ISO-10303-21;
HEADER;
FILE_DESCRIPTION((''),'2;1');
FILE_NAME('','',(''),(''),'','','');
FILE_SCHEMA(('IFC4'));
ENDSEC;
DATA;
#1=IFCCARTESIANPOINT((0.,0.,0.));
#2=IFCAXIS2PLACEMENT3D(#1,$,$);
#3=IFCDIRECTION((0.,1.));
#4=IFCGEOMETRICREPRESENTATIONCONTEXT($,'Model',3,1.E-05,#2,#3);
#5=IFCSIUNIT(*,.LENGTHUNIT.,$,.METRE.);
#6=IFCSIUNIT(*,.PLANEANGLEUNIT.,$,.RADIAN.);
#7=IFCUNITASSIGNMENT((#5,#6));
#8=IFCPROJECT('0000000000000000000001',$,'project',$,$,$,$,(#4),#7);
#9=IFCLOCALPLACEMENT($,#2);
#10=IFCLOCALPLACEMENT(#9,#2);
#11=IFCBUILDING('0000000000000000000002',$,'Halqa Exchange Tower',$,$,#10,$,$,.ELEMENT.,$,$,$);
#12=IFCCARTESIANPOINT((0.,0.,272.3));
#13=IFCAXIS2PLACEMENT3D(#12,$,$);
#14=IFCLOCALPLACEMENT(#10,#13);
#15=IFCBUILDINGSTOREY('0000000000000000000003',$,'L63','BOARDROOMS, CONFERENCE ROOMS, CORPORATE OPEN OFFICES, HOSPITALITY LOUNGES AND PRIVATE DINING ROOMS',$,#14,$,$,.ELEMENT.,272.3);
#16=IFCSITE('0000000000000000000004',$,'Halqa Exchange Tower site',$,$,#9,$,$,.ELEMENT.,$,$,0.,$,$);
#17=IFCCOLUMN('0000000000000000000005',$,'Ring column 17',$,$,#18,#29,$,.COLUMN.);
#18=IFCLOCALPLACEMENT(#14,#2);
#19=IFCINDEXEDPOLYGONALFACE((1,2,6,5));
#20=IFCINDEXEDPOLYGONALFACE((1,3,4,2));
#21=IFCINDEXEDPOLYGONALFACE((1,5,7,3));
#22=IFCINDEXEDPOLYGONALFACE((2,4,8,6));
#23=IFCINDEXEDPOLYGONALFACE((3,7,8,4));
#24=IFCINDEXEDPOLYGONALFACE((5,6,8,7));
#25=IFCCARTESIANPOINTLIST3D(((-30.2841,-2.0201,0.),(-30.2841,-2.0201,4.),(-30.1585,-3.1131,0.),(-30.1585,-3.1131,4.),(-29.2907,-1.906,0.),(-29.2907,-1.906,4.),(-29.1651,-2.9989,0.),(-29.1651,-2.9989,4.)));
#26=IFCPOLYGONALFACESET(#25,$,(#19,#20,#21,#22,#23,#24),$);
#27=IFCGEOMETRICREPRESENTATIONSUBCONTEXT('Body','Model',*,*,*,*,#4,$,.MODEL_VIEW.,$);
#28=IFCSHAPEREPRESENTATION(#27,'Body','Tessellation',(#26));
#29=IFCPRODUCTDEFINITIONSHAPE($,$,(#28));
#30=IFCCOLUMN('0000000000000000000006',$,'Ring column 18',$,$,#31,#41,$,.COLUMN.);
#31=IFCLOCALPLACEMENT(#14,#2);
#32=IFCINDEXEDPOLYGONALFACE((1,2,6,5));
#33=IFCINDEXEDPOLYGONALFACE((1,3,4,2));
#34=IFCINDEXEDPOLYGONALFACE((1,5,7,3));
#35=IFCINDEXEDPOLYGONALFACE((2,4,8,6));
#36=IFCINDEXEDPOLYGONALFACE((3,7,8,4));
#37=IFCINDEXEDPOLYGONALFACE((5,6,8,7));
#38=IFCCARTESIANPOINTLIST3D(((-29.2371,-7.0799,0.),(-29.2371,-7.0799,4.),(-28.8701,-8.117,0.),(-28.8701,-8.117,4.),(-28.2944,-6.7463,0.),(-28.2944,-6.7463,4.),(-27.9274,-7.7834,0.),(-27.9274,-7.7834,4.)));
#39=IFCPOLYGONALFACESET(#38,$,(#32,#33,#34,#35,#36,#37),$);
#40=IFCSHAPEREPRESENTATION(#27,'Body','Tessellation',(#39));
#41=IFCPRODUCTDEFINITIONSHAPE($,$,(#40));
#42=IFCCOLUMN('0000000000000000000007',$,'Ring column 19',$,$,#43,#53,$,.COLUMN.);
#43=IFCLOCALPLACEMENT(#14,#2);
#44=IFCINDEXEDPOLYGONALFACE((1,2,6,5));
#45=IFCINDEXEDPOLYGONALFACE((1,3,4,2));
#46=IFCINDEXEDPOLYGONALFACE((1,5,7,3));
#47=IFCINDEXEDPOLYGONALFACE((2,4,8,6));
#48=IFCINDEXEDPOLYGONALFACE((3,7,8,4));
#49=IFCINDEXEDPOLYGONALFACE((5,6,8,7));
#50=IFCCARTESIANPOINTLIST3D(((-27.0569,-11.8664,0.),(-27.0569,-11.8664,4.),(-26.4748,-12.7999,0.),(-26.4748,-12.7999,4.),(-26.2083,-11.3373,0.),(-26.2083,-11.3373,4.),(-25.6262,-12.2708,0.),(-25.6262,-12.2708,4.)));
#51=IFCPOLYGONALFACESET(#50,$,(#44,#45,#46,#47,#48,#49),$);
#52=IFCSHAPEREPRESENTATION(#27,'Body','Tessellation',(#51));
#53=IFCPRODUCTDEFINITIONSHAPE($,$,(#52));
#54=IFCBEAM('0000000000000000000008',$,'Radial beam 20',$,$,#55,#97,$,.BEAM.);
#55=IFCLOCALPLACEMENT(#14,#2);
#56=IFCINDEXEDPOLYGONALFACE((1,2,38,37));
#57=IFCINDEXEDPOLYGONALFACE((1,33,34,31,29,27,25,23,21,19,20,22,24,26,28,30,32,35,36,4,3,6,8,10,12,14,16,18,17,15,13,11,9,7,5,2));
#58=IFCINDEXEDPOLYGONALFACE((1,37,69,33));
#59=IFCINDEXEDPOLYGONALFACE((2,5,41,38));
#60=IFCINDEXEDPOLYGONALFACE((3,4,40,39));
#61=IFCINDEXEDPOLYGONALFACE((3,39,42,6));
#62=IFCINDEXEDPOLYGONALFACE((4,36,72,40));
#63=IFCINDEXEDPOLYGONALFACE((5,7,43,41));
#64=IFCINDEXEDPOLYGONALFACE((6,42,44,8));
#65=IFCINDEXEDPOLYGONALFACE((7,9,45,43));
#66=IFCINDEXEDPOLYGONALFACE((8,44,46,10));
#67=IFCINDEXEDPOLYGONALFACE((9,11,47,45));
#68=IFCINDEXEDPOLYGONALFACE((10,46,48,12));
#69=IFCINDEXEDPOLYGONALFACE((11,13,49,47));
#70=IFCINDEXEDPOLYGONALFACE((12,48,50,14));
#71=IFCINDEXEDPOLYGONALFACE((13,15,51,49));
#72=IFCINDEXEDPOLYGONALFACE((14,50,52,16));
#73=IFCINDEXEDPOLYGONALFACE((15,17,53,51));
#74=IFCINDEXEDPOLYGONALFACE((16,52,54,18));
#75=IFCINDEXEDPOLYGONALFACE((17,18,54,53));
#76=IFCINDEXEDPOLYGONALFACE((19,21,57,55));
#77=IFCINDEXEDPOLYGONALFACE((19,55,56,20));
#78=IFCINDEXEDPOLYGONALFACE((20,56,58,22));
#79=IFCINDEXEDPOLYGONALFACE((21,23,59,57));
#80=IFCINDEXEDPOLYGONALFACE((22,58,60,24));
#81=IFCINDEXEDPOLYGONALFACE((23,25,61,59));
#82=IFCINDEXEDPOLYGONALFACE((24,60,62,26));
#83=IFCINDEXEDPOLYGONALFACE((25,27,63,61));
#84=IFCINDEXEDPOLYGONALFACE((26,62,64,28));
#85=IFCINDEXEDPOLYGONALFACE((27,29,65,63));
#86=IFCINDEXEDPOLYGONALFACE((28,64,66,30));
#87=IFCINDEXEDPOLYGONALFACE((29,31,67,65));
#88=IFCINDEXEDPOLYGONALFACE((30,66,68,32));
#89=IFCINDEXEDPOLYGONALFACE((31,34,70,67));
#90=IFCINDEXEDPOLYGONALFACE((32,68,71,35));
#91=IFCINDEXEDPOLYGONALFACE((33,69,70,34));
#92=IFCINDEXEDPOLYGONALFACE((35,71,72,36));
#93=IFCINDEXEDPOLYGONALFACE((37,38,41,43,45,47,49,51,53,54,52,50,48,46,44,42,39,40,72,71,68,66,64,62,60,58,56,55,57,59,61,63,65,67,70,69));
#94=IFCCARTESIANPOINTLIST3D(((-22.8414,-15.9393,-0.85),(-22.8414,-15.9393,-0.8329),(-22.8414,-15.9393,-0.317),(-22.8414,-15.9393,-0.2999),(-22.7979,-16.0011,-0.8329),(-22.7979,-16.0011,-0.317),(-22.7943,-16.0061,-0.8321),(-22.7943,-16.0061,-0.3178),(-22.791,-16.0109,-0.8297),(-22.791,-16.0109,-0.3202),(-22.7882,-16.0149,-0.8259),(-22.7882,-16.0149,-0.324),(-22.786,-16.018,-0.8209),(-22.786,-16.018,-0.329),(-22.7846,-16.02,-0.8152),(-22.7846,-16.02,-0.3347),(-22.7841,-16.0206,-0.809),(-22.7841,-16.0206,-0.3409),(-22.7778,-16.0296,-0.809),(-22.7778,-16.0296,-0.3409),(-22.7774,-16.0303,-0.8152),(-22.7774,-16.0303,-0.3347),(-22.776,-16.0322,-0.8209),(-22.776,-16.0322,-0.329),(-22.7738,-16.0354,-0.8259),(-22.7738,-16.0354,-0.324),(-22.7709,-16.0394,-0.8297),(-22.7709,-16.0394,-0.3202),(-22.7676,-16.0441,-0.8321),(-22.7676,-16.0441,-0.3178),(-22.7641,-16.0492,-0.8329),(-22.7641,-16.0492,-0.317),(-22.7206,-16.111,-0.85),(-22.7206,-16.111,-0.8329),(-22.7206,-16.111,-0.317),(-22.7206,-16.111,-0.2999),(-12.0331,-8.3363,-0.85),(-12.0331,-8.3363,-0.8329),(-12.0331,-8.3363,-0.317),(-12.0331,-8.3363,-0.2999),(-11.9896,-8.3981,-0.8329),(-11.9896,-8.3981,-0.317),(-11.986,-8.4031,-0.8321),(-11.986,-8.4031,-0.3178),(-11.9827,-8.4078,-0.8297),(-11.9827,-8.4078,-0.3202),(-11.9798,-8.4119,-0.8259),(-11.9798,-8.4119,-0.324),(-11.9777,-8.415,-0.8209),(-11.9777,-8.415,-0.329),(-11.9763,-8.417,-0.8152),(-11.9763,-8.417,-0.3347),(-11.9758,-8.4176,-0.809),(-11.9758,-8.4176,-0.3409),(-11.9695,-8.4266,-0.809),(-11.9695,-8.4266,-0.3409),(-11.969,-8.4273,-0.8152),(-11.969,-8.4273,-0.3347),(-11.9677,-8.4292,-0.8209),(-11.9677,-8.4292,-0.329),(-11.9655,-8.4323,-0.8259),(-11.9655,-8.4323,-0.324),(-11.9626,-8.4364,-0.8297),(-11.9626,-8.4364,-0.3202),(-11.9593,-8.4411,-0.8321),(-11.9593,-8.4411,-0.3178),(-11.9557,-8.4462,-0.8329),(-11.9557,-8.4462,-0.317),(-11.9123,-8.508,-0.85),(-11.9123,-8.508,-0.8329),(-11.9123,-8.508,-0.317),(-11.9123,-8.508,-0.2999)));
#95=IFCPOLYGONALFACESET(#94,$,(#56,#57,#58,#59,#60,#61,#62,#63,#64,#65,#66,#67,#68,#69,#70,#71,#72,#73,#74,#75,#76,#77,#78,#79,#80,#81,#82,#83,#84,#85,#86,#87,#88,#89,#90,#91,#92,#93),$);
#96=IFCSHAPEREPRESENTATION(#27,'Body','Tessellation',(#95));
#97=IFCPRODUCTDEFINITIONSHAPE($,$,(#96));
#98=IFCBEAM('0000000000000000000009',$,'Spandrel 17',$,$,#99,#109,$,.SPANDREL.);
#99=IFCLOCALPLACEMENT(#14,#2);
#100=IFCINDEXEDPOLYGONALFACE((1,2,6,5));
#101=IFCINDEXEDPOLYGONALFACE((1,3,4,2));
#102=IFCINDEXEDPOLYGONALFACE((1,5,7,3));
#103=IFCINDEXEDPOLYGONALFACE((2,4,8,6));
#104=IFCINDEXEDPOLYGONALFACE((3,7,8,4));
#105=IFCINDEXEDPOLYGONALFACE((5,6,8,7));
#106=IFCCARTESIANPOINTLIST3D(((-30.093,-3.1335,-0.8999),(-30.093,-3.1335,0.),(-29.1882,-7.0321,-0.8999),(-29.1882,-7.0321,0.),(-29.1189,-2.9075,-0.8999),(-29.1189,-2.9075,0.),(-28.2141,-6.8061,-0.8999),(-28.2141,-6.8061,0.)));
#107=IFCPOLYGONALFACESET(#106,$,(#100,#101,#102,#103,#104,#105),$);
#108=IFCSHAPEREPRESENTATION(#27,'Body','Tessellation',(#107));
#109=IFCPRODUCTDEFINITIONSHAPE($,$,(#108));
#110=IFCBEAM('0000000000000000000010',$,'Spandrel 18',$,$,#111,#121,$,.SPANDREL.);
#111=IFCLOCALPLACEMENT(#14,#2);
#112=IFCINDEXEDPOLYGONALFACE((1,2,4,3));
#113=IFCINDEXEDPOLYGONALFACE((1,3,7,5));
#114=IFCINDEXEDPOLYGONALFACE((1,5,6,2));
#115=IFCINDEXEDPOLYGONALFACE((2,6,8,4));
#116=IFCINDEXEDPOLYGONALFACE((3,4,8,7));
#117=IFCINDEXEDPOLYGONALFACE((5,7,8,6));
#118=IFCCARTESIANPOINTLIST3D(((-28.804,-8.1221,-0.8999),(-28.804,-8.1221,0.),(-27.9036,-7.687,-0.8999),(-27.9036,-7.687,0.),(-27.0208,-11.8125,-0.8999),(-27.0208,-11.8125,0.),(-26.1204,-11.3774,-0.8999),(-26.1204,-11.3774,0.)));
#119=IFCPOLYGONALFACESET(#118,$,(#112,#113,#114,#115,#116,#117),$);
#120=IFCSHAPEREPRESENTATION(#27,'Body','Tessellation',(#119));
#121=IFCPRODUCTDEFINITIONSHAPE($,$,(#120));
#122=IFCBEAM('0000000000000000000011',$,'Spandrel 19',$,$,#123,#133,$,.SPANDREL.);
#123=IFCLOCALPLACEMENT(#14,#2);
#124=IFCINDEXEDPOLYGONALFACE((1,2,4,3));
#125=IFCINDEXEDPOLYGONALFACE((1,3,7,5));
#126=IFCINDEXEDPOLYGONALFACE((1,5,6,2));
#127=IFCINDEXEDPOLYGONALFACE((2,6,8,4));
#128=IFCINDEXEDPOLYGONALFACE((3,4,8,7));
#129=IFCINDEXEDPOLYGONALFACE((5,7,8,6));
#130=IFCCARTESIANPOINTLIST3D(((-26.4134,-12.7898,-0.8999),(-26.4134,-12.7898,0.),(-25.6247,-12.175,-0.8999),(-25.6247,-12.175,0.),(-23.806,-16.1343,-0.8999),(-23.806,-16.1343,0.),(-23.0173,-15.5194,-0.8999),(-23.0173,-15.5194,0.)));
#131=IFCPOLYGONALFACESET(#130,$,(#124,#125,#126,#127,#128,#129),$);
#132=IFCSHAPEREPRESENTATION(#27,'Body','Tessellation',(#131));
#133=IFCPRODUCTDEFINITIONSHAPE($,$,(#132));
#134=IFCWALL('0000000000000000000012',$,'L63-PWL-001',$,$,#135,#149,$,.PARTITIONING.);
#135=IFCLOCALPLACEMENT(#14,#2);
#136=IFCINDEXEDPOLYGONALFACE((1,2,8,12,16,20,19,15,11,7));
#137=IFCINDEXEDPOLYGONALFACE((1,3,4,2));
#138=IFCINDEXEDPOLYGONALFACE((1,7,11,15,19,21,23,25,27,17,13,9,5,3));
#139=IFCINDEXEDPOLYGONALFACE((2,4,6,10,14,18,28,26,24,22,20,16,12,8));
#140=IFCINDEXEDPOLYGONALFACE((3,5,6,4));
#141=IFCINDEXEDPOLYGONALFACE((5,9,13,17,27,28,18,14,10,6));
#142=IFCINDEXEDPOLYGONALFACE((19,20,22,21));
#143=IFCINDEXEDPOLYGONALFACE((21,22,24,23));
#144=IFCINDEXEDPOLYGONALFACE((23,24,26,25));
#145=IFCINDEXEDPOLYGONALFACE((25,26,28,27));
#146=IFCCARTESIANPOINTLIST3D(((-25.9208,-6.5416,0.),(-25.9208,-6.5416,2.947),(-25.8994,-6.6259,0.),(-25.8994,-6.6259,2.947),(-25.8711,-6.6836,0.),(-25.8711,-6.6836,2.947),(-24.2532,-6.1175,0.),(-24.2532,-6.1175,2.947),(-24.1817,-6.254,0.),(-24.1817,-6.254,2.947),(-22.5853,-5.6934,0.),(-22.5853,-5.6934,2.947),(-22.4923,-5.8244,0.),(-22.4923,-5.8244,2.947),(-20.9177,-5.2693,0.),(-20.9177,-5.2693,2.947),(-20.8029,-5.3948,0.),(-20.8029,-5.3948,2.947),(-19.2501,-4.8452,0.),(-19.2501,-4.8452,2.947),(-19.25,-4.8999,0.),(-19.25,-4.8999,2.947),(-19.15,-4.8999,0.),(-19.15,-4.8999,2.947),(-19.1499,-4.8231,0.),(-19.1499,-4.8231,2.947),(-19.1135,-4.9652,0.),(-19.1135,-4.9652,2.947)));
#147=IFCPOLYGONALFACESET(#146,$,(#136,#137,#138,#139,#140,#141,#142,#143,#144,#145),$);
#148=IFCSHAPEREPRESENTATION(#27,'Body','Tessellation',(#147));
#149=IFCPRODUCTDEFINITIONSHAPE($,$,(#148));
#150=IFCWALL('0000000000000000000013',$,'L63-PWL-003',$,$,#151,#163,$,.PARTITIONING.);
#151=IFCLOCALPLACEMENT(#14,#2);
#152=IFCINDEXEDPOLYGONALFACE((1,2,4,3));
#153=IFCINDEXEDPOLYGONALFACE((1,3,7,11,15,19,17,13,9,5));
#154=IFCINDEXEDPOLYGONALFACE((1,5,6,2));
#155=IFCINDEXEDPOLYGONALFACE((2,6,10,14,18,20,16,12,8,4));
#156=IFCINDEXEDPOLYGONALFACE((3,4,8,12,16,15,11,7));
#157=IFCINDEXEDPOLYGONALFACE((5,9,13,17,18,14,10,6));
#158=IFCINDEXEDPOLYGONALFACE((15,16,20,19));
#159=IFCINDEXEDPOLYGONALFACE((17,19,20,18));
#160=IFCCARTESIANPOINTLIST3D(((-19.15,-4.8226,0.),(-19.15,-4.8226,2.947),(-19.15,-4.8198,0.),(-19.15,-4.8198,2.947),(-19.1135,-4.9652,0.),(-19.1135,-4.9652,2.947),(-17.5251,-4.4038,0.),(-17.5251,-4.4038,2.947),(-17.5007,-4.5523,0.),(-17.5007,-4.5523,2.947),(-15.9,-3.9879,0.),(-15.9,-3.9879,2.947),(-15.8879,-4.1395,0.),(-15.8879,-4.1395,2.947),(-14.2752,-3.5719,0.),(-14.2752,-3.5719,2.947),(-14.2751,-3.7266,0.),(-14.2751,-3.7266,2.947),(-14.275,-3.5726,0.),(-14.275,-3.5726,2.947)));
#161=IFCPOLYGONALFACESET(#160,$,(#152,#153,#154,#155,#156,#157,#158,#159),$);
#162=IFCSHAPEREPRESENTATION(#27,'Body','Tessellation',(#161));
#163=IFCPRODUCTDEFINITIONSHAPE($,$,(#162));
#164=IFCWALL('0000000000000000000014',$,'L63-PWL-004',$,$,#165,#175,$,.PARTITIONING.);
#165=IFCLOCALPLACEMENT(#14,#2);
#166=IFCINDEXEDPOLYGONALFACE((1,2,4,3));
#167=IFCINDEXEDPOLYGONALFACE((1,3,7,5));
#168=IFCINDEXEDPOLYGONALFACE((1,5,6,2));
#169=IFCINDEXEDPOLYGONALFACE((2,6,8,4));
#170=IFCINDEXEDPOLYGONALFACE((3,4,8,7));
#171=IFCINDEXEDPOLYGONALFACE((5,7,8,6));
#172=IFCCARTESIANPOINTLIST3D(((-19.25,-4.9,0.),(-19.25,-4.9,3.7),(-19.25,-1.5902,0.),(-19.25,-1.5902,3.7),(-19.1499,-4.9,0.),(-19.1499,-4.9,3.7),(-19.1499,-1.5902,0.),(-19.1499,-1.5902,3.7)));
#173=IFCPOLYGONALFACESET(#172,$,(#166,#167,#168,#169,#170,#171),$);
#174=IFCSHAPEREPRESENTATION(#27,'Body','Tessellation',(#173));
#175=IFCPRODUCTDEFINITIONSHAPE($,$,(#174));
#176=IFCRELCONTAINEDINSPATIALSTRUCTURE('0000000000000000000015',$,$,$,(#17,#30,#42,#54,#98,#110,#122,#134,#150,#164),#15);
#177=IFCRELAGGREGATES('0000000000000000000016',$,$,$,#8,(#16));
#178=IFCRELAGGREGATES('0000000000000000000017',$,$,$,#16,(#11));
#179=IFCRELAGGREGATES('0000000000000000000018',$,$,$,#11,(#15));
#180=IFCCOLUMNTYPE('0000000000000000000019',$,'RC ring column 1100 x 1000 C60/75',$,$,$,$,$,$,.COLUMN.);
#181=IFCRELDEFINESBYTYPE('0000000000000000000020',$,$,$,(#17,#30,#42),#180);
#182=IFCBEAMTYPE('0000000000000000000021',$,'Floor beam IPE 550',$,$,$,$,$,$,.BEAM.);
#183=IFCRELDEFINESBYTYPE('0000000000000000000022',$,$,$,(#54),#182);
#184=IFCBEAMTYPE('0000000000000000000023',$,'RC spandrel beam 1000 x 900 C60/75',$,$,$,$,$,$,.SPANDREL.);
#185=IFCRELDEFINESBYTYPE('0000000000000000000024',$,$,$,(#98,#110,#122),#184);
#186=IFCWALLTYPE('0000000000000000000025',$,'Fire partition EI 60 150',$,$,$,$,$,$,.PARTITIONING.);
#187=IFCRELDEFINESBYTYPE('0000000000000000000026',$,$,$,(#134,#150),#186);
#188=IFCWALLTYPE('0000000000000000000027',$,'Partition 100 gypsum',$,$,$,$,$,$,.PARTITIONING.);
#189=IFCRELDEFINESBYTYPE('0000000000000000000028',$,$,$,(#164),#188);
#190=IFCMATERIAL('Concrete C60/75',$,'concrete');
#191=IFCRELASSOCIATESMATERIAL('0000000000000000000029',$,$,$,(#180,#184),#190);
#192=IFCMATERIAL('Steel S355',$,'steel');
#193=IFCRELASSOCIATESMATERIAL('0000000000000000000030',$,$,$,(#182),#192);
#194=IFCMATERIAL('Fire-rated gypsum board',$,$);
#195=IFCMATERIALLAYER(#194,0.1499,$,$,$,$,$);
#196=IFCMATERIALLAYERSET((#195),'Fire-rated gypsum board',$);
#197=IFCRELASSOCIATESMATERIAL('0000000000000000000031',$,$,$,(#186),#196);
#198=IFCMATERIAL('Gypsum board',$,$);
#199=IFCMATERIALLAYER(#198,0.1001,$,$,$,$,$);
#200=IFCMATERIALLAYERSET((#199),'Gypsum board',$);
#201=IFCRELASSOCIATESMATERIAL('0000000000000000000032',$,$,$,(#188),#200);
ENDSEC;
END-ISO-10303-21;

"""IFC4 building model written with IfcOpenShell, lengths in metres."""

from ifc_helpers import new_model, si_unit, direction, frame, frame_2d, origin, origin_2d, place, context, subcontext, project, spatial, polyline, rectangle, i_section, outline, extrude, material, layer, layer_set, material_profile, profile_set, type_object, element, save


model = new_model("IFC4")

# Units and contexts
model_context = context("Model", 3, precision=1e-05, world=origin(), true_north=direction((0.0, 1.0)))
body_context = subcontext(model_context, "Body", "Model", "MODEL_VIEW")
ifc_project = project(units=[si_unit("LENGTHUNIT", "METRE"), si_unit("PLANEANGLEUNIT", "RADIAN")], contexts=[model_context])

# Site, building, storey
site_placement = place(None, origin())
site = spatial("IfcSite", under=ifc_project, at=site_placement, Name="Halqa Exchange Tower site", CompositionType="ELEMENT", RefElevation=0.0)
building_placement = place(site_placement, origin())
building = spatial("IfcBuilding", under=site, at=building_placement, Name="Halqa Exchange Tower", CompositionType="ELEMENT")
storey_placement = place(building_placement, frame((0.0, 0.0, 272.3)))
storey = spatial("IfcBuildingStorey", under=building, at=storey_placement, Name="L63", Description="BOARDROOMS, CONFERENCE ROOMS, CORPORATE OPEN OFFICES, HOSPITALITY LOUNGES AND PRIVATE DINING ROOMS", CompositionType="ELEMENT", Elevation=272.3)

# Columns
ifc_material_1 = material(Name="Concrete C60/75", Category="concrete")
ifc_material_profile_1 = material_profile(ifc_material_1, rectangle(XDim=1.1001, YDim=1.0, at=origin_2d()), Name="1100 x 1000")
ifc_profile_set_1 = profile_set([ifc_material_profile_1], Name="Concrete C60/75")
column_type = type_object("IfcColumnType", Name="RC ring column 1100 x 1000 C60/75", PredefinedType="COLUMN", material=ifc_profile_set_1)
for number, where, z_axis, x_axis, name in (
    (1, (-29.7246, -2.5095, 0.0), (0.0, 0.0, 1.0), (0.114155, -0.993463, 0.0), "Ring column 17"),
    (2, (-28.5823, -7.4316, 0.0), (0.0, 0.0, 1.0), (0.333628, -0.942705, 0.0), "Ring column 18"),
    (3, (-26.3416, -12.0686, 0.0), (0.0, 0.0, 1.0), (0.529142, -0.848533, 0.0), "Ring column 19"),
):
    element("IfcColumn", number, at=place(storey_placement, frame(where, z_axis=z_axis, x_axis=x_axis)), inside=storey, type_object=column_type, Name=name, PredefinedType="COLUMN", context=body_context, shape_type="SweptSolid", body=[
        extrude(rectangle(XDim=1.1001, YDim=1.0, at=origin_2d()), origin(), (0.0, 0.0, 1.0), 4.0),
    ])

# Beams
ifc_material_2 = material(Name="Steel S355", Category="steel")
ifc_material_profile_2 = material_profile(ifc_material_2, i_section(OverallWidth=0.21, OverallDepth=0.55, WebThickness=0.011, FlangeThickness=0.0171, FilletRadius=0.0239, at=origin_2d()), Name="IPE 550")
ifc_profile_set_2 = profile_set([ifc_material_profile_2], Name="Steel S355")
beam_type_1 = type_object("IfcBeamType", Name="Floor beam IPE 550", PredefinedType="BEAM", material=ifc_profile_set_2)
beam_1_placement = place(storey_placement, frame((-11.9727, -8.4221, -0.575), z_axis=(-0.817908, -0.575349, 0.0), x_axis=(0.575349, -0.817908, 0.0)))
element("IfcBeam", 4, at=beam_1_placement, inside=storey, type_object=beam_type_1, Name="Radial beam 20", PredefinedType="BEAM", context=body_context, shape_type="SweptSolid", body=[
    extrude(i_section(OverallWidth=0.21, OverallDepth=0.55, WebThickness=0.011, FlangeThickness=0.0171, FilletRadius=0.0239, at=origin_2d()), origin(), (0.0, 0.0, 1.0), 13.2146),
])
ifc_material_profile_3 = material_profile(ifc_material_1, rectangle(XDim=1.0, YDim=0.8999, at=origin_2d()), Name="1000 x 900")
ifc_profile_set_3 = profile_set([ifc_material_profile_3], Name="Concrete C60/75")
beam_type_2 = type_object("IfcBeamType", Name="RC spandrel beam 1000 x 900 C60/75", PredefinedType="SPANDREL", material=ifc_profile_set_3)
beam_2_placement = place(storey_placement, frame((-29.606, -3.0205, -0.45), z_axis=(0.226067, -0.974112, 0.0), x_axis=(0.974112, 0.226067, 0.0)))
element("IfcBeam", 5, at=beam_2_placement, inside=storey, type_object=beam_type_2, Name="Spandrel 17", PredefinedType="SPANDREL", context=body_context, shape_type="SweptSolid", body=[
    extrude(rectangle(XDim=1.0, YDim=0.8999, at=origin_2d()), origin(), (0.0, 0.0, 1.0), 4.0022),
])
beam_3_placement = place(storey_placement, frame((-28.3538, -7.9045, -0.45), z_axis=(0.435069, -0.900397, 0.0), x_axis=(0.900397, 0.435069, 0.0)))
element("IfcBeam", 6, at=beam_3_placement, inside=storey, type_object=beam_type_2, Name="Spandrel 18", PredefinedType="SPANDREL", context=body_context, shape_type="SweptSolid", body=[
    extrude(rectangle(XDim=1.0, YDim=0.8999, at=origin_2d()), origin(), (0.0, 0.0, 1.0), 4.0986),
])
beam_4_placement = place(storey_placement, frame((-26.019, -12.4824, -0.45), z_axis=(0.614845, -0.788648, 0.0), x_axis=(0.788648, 0.614845, 0.0)))
element("IfcBeam", 7, at=beam_4_placement, inside=storey, type_object=beam_type_2, Name="Spandrel 19", PredefinedType="SPANDREL", context=body_context, shape_type="SweptSolid", body=[
    extrude(rectangle(XDim=1.0, YDim=0.8999, at=origin_2d()), origin(), (0.0, 0.0, 1.0), 4.2407),
])

# Walls
ifc_material_3 = material(Name="Fire-rated gypsum board")
ifc_layer_1 = layer(ifc_material_3, 0.1499)
ifc_layer_set_1 = layer_set([ifc_layer_1], Name="Fire-rated gypsum board")
wall_type_1 = type_object("IfcWallType", Name="Fire partition EI 60 150", PredefinedType="PARTITIONING", material=ifc_layer_set_1)
wall_1_placement = place(storey_placement, frame((-25.9023, -6.6143, 0.0), z_axis=(0.0, 0.0, 1.0), x_axis=(0.969154, 0.246456, 0.0)))
element("IfcWall", 8, at=wall_1_placement, inside=storey, type_object=wall_type_1, Name="L63-PWL-001", PredefinedType="PARTITIONING", context=body_context, shape_type="SweptSolid", body=[
    extrude(outline(polyline([(0.0132, -0.075), (1.7563, -0.075), (3.4995, -0.075), (5.2427, -0.075), (6.9858, -0.075), (6.9856, 0.0718), (6.9666, -0.0027), (6.8696, 0.022), (6.8831, 0.075), (5.1624, 0.075), (3.4417, 0.075), (1.7207, 0.075), (0.0, 0.075), (0.0, -0.012), (0.0132, -0.075)])), origin(), (0.0, 0.0, 1.0), 2.947),
])
wall_2_placement = place(storey_placement, frame((-19.1321, -4.8926, 0.0), z_axis=(0.0, 0.0, 1.0), x_axis=(0.968763, 0.247988, 0.0)))
element("IfcWall", 9, at=wall_2_placement, inside=storey, type_object=wall_type_1, Name="L63-PWL-003", PredefinedType="PARTITIONING", context=body_context, shape_type="SweptSolid", body=[
    extrude(outline(polyline([(0.0, -0.075), (1.6648, -0.075), (3.3296, -0.075), (4.9944, -0.075), (5.0327, 0.0742), (5.0327, 0.075), (3.3555, 0.075), (1.678, 0.075), (0.0007, 0.075), (0.0, 0.0723), (0.0, -0.075)])), origin(), (0.0, 0.0, 1.0), 2.947),
])
ifc_material_4 = material(Name="Gypsum board")
ifc_layer_2 = layer(ifc_material_4, 0.1001)
ifc_layer_set_2 = layer_set([ifc_layer_2], Name="Gypsum board")
wall_type_2 = type_object("IfcWallType", Name="Partition 100 gypsum", PredefinedType="PARTITIONING", material=ifc_layer_set_2)
wall_3_placement = place(storey_placement, frame((-19.2, -4.8999, 0.0), z_axis=(0.0, 0.0, 1.0), x_axis=(0.0, 1.0, 0.0)))
element("IfcWall", 10, at=wall_3_placement, inside=storey, type_object=wall_type_2, Name="L63-PWL-004", PredefinedType="PARTITIONING", context=body_context, shape_type="SweptSolid", body=[
    extrude(rectangle(XDim=3.3098, YDim=0.1001, at=frame_2d((1.6548, 0.0))), origin(), (0.0, 0.0, 1.0), 3.7),
])

save(model, "model.ifc")
